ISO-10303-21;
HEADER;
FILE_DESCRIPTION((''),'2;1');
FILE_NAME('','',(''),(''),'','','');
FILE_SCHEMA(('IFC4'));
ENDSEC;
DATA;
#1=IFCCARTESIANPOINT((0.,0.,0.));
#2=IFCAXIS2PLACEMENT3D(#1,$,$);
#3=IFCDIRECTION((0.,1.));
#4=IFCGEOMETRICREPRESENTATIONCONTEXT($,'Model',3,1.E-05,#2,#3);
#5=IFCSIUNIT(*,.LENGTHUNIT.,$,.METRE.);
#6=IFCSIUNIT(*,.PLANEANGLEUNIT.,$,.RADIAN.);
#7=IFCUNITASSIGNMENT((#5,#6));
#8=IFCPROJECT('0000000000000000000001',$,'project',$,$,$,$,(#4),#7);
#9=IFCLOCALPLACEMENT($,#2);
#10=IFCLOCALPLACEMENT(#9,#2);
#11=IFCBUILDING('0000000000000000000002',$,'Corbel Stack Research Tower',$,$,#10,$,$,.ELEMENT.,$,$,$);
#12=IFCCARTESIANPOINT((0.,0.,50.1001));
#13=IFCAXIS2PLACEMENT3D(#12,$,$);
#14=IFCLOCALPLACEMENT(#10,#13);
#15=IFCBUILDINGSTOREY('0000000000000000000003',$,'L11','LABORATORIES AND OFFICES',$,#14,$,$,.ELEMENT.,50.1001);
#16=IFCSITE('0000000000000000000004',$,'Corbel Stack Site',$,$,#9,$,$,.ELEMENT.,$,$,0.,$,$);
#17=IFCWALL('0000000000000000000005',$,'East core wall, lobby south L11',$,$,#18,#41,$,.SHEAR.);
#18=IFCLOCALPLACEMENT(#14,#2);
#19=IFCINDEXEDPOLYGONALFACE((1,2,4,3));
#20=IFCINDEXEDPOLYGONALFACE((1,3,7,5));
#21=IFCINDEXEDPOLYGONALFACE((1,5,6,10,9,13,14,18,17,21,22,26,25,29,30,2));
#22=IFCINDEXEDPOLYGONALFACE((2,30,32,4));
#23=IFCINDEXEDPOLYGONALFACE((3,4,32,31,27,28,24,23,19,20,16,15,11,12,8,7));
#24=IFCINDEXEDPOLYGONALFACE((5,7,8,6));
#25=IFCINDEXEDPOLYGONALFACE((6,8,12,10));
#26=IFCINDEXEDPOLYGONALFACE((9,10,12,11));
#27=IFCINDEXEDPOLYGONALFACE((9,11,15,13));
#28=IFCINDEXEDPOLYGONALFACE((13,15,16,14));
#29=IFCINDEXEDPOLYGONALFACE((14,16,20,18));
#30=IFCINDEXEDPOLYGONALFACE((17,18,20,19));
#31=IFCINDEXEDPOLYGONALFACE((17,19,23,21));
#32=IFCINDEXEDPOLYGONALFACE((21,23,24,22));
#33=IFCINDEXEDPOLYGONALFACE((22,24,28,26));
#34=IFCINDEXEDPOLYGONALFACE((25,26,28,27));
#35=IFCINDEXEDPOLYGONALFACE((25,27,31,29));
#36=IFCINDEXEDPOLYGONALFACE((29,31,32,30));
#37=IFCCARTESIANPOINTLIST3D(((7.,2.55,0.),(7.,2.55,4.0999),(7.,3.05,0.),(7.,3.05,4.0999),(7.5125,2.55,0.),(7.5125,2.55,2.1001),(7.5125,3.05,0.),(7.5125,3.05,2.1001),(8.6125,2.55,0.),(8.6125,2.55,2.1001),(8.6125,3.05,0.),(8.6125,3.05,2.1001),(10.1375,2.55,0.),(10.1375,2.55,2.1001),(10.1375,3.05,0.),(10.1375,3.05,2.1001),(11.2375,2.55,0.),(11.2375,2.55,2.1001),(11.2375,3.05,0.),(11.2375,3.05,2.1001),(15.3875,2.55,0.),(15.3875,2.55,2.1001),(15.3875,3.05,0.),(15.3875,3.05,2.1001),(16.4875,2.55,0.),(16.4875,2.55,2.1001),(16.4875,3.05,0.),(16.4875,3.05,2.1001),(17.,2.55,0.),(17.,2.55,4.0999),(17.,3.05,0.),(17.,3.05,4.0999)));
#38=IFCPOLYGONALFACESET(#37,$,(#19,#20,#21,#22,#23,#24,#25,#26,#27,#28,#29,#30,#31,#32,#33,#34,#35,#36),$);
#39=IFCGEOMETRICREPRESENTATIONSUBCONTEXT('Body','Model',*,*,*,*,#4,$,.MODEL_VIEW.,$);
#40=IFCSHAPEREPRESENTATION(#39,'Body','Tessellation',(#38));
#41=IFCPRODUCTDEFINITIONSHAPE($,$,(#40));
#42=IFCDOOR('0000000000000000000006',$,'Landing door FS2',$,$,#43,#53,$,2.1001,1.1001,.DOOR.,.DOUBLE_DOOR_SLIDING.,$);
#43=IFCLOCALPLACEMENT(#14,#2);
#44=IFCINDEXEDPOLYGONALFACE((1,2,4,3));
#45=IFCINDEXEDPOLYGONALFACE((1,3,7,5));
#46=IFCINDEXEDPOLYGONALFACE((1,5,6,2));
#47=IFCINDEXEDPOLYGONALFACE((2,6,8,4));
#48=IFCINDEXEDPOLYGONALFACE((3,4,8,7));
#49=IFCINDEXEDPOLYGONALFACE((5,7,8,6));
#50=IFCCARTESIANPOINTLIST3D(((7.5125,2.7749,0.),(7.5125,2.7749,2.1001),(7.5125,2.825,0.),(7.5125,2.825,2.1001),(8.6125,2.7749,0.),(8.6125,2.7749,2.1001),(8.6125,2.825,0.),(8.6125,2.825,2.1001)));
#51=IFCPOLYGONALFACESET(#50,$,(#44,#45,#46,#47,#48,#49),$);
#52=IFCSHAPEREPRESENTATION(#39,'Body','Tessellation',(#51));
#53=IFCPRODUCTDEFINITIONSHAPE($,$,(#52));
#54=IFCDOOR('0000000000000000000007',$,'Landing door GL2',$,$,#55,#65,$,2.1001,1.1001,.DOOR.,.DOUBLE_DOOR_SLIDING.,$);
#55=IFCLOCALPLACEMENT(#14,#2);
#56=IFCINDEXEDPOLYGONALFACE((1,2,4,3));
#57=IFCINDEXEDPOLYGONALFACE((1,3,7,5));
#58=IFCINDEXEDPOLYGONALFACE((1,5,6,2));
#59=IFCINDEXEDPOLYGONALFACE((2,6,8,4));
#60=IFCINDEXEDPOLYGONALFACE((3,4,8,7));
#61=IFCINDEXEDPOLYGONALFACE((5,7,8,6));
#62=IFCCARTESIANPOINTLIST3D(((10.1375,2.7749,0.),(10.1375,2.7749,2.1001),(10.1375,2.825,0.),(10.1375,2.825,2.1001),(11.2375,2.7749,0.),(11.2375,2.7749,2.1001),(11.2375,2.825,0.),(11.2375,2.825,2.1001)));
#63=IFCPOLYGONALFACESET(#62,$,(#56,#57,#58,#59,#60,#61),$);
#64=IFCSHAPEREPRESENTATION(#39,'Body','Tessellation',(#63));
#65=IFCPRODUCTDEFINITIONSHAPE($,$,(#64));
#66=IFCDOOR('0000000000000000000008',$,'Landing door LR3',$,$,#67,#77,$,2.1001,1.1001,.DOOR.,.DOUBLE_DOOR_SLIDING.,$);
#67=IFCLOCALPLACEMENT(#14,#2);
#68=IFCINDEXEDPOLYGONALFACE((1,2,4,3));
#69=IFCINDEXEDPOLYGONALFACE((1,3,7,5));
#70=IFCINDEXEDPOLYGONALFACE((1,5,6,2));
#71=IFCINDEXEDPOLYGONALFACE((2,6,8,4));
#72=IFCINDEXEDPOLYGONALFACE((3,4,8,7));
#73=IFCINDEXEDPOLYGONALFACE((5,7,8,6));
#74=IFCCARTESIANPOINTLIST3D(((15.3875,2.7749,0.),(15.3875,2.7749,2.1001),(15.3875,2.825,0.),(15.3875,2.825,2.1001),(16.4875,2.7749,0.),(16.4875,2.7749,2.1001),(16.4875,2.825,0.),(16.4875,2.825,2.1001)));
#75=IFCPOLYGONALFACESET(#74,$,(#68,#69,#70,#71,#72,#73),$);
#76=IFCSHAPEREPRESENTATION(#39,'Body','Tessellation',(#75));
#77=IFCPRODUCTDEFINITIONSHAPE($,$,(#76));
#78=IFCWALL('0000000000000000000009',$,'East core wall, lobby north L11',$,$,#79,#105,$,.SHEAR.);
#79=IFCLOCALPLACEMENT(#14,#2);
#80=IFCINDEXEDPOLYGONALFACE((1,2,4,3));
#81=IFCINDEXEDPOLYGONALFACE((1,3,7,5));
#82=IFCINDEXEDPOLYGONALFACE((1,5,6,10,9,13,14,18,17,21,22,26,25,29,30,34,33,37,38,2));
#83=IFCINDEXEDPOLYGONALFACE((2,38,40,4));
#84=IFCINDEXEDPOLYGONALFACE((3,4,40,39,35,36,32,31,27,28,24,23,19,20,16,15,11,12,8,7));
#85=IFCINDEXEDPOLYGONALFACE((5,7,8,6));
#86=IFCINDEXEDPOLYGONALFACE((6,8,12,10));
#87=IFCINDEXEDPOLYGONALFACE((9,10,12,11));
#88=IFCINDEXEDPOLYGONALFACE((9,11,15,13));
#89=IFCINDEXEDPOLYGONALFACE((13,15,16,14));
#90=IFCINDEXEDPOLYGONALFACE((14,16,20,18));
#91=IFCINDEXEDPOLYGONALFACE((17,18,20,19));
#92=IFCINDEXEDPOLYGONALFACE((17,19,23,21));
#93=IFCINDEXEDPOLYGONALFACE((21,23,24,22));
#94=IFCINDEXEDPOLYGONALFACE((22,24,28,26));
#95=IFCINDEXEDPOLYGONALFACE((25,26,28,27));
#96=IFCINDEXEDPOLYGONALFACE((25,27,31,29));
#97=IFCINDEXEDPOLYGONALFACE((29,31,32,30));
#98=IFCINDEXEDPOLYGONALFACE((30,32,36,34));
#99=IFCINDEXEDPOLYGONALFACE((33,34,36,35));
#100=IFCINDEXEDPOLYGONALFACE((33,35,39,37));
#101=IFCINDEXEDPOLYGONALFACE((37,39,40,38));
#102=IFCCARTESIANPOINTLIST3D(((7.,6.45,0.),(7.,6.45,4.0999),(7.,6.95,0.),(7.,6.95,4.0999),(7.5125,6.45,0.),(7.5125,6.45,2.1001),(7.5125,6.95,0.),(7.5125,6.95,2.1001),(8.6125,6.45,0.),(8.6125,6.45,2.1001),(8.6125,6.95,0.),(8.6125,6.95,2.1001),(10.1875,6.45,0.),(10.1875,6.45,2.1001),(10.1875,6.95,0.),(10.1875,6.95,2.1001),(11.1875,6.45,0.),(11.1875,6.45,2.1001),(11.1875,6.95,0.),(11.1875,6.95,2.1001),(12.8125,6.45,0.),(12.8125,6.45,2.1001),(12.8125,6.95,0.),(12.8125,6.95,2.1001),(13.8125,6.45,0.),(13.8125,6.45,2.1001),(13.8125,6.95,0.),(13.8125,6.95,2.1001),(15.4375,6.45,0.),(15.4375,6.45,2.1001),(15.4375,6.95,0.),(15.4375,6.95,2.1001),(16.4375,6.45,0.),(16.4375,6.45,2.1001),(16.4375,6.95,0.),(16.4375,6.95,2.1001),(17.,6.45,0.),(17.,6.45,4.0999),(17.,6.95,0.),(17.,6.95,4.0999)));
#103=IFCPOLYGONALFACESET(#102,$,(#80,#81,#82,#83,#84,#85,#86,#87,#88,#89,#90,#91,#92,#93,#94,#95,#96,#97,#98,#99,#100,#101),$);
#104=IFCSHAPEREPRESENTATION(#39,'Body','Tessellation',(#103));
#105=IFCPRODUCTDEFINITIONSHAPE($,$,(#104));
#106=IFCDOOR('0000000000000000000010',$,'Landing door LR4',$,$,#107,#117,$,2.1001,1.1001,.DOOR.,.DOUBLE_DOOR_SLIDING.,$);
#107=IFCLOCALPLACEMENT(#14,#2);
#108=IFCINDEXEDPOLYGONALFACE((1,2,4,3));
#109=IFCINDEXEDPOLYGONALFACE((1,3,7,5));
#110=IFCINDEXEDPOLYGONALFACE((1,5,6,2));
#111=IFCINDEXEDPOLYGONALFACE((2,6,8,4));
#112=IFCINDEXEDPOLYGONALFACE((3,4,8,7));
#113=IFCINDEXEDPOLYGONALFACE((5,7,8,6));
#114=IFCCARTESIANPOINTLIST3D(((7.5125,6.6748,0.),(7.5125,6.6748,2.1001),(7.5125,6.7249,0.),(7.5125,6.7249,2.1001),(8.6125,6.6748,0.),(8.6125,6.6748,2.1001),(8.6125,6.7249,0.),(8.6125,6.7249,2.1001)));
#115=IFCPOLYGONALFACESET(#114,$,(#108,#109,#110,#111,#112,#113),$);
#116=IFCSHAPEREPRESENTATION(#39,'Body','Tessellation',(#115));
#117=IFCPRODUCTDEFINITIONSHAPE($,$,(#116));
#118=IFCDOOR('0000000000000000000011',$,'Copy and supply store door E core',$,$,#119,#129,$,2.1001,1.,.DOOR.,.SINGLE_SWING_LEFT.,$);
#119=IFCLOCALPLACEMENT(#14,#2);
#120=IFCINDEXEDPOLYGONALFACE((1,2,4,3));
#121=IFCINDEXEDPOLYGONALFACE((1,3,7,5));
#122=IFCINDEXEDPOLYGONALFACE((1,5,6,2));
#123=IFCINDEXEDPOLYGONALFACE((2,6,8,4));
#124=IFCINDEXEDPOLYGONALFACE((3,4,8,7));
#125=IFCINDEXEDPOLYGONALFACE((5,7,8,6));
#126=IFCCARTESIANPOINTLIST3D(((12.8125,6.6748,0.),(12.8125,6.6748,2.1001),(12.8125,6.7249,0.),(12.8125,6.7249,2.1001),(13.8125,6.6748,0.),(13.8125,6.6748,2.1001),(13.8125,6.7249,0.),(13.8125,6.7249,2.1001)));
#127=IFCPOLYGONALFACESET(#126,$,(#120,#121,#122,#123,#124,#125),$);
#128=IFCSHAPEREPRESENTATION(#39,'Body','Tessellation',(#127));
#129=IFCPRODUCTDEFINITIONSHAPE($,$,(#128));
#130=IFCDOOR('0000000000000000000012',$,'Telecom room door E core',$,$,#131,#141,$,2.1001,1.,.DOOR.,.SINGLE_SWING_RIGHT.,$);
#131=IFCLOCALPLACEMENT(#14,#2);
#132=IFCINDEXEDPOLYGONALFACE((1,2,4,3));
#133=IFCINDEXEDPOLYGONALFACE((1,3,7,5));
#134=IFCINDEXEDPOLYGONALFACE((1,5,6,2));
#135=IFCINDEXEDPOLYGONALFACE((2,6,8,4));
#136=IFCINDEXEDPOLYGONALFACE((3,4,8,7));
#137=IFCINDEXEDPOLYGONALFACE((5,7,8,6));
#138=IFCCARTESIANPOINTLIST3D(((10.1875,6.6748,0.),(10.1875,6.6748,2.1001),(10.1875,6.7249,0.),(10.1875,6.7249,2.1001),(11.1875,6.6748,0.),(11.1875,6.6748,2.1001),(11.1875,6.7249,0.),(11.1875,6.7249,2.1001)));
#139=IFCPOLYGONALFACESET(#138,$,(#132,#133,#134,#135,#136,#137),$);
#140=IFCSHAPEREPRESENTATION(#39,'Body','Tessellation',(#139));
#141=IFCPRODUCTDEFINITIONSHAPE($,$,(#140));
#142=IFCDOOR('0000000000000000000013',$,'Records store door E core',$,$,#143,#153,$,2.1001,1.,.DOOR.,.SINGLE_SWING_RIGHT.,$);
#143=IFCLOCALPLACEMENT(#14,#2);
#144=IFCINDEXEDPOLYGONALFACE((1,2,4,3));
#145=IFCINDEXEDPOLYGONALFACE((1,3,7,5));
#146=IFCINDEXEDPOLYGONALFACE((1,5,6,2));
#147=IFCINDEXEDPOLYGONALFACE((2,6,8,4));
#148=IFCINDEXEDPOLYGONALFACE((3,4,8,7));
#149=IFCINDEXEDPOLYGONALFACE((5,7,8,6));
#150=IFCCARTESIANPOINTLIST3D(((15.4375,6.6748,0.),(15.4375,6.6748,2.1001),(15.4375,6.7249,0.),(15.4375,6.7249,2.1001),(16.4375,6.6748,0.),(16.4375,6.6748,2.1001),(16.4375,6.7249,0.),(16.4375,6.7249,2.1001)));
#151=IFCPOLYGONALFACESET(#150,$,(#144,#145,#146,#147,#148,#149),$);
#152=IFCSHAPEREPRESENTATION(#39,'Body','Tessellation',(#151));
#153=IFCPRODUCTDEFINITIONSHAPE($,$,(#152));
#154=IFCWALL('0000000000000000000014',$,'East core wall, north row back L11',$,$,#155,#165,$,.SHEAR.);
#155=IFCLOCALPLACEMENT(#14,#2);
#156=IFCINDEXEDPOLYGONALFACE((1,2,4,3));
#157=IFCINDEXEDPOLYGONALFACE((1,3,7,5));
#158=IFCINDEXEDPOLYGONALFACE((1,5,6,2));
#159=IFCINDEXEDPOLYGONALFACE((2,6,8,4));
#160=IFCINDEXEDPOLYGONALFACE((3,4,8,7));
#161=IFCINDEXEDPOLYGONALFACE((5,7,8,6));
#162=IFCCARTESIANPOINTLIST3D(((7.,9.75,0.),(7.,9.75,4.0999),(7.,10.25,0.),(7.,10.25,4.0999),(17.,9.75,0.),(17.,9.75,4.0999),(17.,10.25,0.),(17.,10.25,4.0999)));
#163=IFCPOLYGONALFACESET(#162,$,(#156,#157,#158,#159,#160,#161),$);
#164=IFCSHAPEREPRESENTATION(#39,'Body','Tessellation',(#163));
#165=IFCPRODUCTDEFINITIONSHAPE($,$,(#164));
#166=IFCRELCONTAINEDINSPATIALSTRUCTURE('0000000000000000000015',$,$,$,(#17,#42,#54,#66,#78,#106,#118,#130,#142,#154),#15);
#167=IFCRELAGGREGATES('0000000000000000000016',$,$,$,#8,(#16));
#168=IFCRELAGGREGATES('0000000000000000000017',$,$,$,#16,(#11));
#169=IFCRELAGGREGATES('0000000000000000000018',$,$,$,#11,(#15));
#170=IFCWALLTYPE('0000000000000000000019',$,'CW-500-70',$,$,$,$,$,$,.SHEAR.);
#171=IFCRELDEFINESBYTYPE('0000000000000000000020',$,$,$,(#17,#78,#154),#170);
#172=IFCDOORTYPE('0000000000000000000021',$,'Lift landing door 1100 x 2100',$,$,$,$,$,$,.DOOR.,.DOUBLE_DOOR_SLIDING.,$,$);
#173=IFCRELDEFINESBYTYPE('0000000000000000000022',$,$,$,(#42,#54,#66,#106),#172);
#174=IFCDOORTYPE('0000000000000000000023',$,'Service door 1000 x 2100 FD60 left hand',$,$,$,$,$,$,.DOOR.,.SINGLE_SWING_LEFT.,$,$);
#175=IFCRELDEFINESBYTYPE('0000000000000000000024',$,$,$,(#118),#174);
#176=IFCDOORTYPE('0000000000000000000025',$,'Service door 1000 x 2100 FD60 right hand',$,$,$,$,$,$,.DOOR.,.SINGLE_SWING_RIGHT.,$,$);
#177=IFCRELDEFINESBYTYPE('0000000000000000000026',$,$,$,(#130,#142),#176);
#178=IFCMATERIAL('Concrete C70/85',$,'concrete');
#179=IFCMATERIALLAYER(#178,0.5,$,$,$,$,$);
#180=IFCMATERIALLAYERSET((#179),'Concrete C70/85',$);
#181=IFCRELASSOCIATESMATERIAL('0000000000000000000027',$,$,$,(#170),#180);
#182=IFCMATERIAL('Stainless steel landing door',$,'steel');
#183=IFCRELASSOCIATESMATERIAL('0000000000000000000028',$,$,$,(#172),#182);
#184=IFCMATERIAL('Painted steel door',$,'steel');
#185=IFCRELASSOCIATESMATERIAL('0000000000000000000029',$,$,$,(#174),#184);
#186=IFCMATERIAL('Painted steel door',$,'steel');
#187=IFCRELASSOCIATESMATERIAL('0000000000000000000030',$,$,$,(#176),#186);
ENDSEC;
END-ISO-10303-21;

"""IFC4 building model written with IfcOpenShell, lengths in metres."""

from ifc_helpers import new_model, si_unit, direction, frame, frame_2d, origin, place, context, subcontext, project, spatial, rectangle, extrude, material, layer, layer_set, type_object, element, fill, save


model = new_model("IFC4")

# Units and contexts
model_context = context("Model", 3, precision=1e-05, world=origin(), true_north=direction((0.0, 1.0)))
body_context = subcontext(model_context, "Body", "Model", "MODEL_VIEW")
ifc_project = project(units=[si_unit("LENGTHUNIT", "METRE"), si_unit("PLANEANGLEUNIT", "RADIAN")], contexts=[model_context])

# Site, building, storey
site_placement = place(None, origin())
site = spatial("IfcSite", under=ifc_project, at=site_placement, Name="Corbel Stack Site", CompositionType="ELEMENT", RefElevation=0.0)
building_placement = place(site_placement, origin())
building = spatial("IfcBuilding", under=site, at=building_placement, Name="Corbel Stack Research Tower", CompositionType="ELEMENT")
storey_placement = place(building_placement, frame((0.0, 0.0, 50.1001)))
storey = spatial("IfcBuildingStorey", under=building, at=storey_placement, Name="L11", Description="LABORATORIES AND OFFICES", CompositionType="ELEMENT", Elevation=50.1001)

# Walls, openings, doors
ifc_material_1 = material(Name="Concrete C70/85", Category="concrete")
ifc_layer_1 = layer(ifc_material_1, 0.5)
ifc_layer_set_1 = layer_set([ifc_layer_1], Name="Concrete C70/85")
wall_type_1 = type_object("IfcWallType", Name="CW-500-70", PredefinedType="SHEAR", material=ifc_layer_set_1)
wall_1_placement = place(storey_placement, frame((7.0, 2.8, 0.0), z_axis=(0.0, 0.0, 1.0), x_axis=(1.0, 0.0, 0.0)))
wall_1 = element("IfcWall", 1, at=wall_1_placement, inside=storey, type_object=wall_type_1, Name="East core wall, lobby south L11", PredefinedType="SHEAR", context=body_context, shape_type="SweptSolid", body=[
    extrude(rectangle(XDim=10.0, YDim=0.5, at=frame_2d((5.0, 0.0))), origin(), (0.0, 0.0, 1.0), 4.0999),
])
opening_1_placement = place(wall_1_placement, frame((0.5125, 0.0, 0.0)))
opening_1 = element("IfcOpeningElement", 2, at=opening_1_placement, cuts=wall_1, PredefinedType="OPENING", context=body_context, shape_type="SweptSolid", body=[
    extrude(rectangle(XDim=1.1001, YDim=2.1001, at=frame_2d((0.55, 1.05))), frame((0.0, 0.26, 0.0), z_axis=(0.0, -1.0, 0.0), x_axis=(1.0, 0.0, 0.0)), (0.0, 0.0, 1.0), 0.52),
])
opening_2_placement = place(wall_1_placement, frame((3.1375, 0.0, 0.0)))
opening_2 = element("IfcOpeningElement", 3, at=opening_2_placement, cuts=wall_1, PredefinedType="OPENING", context=body_context, shape_type="SweptSolid", body=[
    extrude(rectangle(XDim=1.1001, YDim=2.1001, at=frame_2d((0.55, 1.05))), frame((0.0, 0.26, 0.0), z_axis=(0.0, -1.0, 0.0), x_axis=(1.0, 0.0, 0.0)), (0.0, 0.0, 1.0), 0.52),
])
opening_3_placement = place(wall_1_placement, frame((8.3875, 0.0, 0.0)))
opening_3 = element("IfcOpeningElement", 4, at=opening_3_placement, cuts=wall_1, PredefinedType="OPENING", context=body_context, shape_type="SweptSolid", body=[
    extrude(rectangle(XDim=1.1001, YDim=2.1001, at=frame_2d((0.55, 1.05))), frame((0.0, 0.26, 0.0), z_axis=(0.0, -1.0, 0.0), x_axis=(1.0, 0.0, 0.0)), (0.0, 0.0, 1.0), 0.52),
])
ifc_material_2 = material(Name="Stainless steel landing door", Category="steel")
door_type_1 = type_object("IfcDoorType", Name="Lift landing door 1100 x 2100", OperationType="DOUBLE_DOOR_SLIDING", PredefinedType="DOOR", material=ifc_material_2)
door_1_placement = place(opening_1_placement, origin())
door_1 = element("IfcDoor", 5, at=door_1_placement, inside=storey, type_object=door_type_1, Name="Landing door FS2", OperationType="DOUBLE_DOOR_SLIDING", OverallHeight=2.1001, OverallWidth=1.1001, PredefinedType="DOOR", context=body_context, shape_type="SweptSolid", body=[
    extrude(rectangle(XDim=1.1001, YDim=2.1001, at=frame_2d((0.55, 1.05))), frame((0.0, 0.0249, 0.0), z_axis=(0.0, -1.0, 0.0), x_axis=(1.0, 0.0, 0.0)), (0.0, 0.0, 1.0), 0.05),
])
fill(opening_1, door_1)
door_2_placement = place(opening_2_placement, origin())
door_2 = element("IfcDoor", 6, at=door_2_placement, inside=storey, type_object=door_type_1, Name="Landing door GL2", OperationType="DOUBLE_DOOR_SLIDING", OverallHeight=2.1001, OverallWidth=1.1001, PredefinedType="DOOR", context=body_context, shape_type="SweptSolid", body=[
    extrude(rectangle(XDim=1.1001, YDim=2.1001, at=frame_2d((0.55, 1.05))), frame((0.0, 0.0249, 0.0), z_axis=(0.0, -1.0, 0.0), x_axis=(1.0, 0.0, 0.0)), (0.0, 0.0, 1.0), 0.05),
])
fill(opening_2, door_2)
door_3_placement = place(opening_3_placement, origin())
door_3 = element("IfcDoor", 7, at=door_3_placement, inside=storey, type_object=door_type_1, Name="Landing door LR3", OperationType="DOUBLE_DOOR_SLIDING", OverallHeight=2.1001, OverallWidth=1.1001, PredefinedType="DOOR", context=body_context, shape_type="SweptSolid", body=[
    extrude(rectangle(XDim=1.1001, YDim=2.1001, at=frame_2d((0.55, 1.05))), frame((0.0, 0.0249, 0.0), z_axis=(0.0, -1.0, 0.0), x_axis=(1.0, 0.0, 0.0)), (0.0, 0.0, 1.0), 0.05),
])
fill(opening_3, door_3)
wall_2_placement = place(storey_placement, frame((7.0, 6.7, 0.0), z_axis=(0.0, 0.0, 1.0), x_axis=(1.0, 0.0, 0.0)))
wall_2 = element("IfcWall", 8, at=wall_2_placement, inside=storey, type_object=wall_type_1, Name="East core wall, lobby north L11", PredefinedType="SHEAR", context=body_context, shape_type="SweptSolid", body=[
    extrude(rectangle(XDim=10.0, YDim=0.5, at=frame_2d((5.0, 0.0))), origin(), (0.0, 0.0, 1.0), 4.0999),
])
opening_4_placement = place(wall_2_placement, frame((0.5125, 0.0, 0.0)))
opening_4 = element("IfcOpeningElement", 9, at=opening_4_placement, cuts=wall_2, PredefinedType="OPENING", context=body_context, shape_type="SweptSolid", body=[
    extrude(rectangle(XDim=1.1001, YDim=2.1001, at=frame_2d((0.55, 1.05))), frame((0.0, 0.26, 0.0), z_axis=(0.0, -1.0, 0.0), x_axis=(1.0, 0.0, 0.0)), (0.0, 0.0, 1.0), 0.52),
])
opening_5_placement = place(wall_2_placement, frame((3.1875, 0.0, 0.0)))
opening_5 = element("IfcOpeningElement", 10, at=opening_5_placement, cuts=wall_2, PredefinedType="OPENING", context=body_context, shape_type="SweptSolid", body=[
    extrude(rectangle(XDim=1.0, YDim=2.1001, at=frame_2d((0.5, 1.05))), frame((0.0, 0.26, 0.0), z_axis=(0.0, -1.0, 0.0), x_axis=(1.0, 0.0, 0.0)), (0.0, 0.0, 1.0), 0.52),
])
opening_6_placement = place(wall_2_placement, frame((5.8125, 0.0, 0.0)))
opening_6 = element("IfcOpeningElement", 11, at=opening_6_placement, cuts=wall_2, PredefinedType="OPENING", context=body_context, shape_type="SweptSolid", body=[
    extrude(rectangle(XDim=1.0, YDim=2.1001, at=frame_2d((0.5, 1.05))), frame((0.0, 0.26, 0.0), z_axis=(0.0, -1.0, 0.0), x_axis=(1.0, 0.0, 0.0)), (0.0, 0.0, 1.0), 0.52),
])
opening_7_placement = place(wall_2_placement, frame((8.4375, 0.0, 0.0)))
opening_7 = element("IfcOpeningElement", 12, at=opening_7_placement, cuts=wall_2, PredefinedType="OPENING", context=body_context, shape_type="SweptSolid", body=[
    extrude(rectangle(XDim=1.0, YDim=2.1001, at=frame_2d((0.5, 1.05))), frame((0.0, 0.26, 0.0), z_axis=(0.0, -1.0, 0.0), x_axis=(1.0, 0.0, 0.0)), (0.0, 0.0, 1.0), 0.52),
])
door_4_placement = place(opening_4_placement, origin())
door_4 = element("IfcDoor", 13, at=door_4_placement, inside=storey, type_object=door_type_1, Name="Landing door LR4", OperationType="DOUBLE_DOOR_SLIDING", OverallHeight=2.1001, OverallWidth=1.1001, PredefinedType="DOOR", context=body_context, shape_type="SweptSolid", body=[
    extrude(rectangle(XDim=1.1001, YDim=2.1001, at=frame_2d((0.55, 1.05))), frame((0.0, 0.0249, 0.0), z_axis=(0.0, -1.0, 0.0), x_axis=(1.0, 0.0, 0.0)), (0.0, 0.0, 1.0), 0.05),
])
fill(opening_4, door_4)
ifc_material_3 = material(Name="Painted steel door", Category="steel")
door_type_2 = type_object("IfcDoorType", Name="Service door 1000 x 2100 FD60 left hand", OperationType="SINGLE_SWING_LEFT", PredefinedType="DOOR", material=ifc_material_3)
door_5_placement = place(opening_6_placement, origin())
door_5 = element("IfcDoor", 14, at=door_5_placement, inside=storey, type_object=door_type_2, Name="Copy and supply store door E core", OperationType="SINGLE_SWING_LEFT", OverallHeight=2.1001, OverallWidth=1.0, PredefinedType="DOOR", context=body_context, shape_type="SweptSolid", body=[
    extrude(rectangle(XDim=1.0, YDim=2.1001, at=frame_2d((0.5, 1.05))), frame((0.0, 0.0249, 0.0), z_axis=(0.0, -1.0, 0.0), x_axis=(1.0, 0.0, 0.0)), (0.0, 0.0, 1.0), 0.05),
])
fill(opening_6, door_5)
ifc_material_4 = material(Name="Painted steel door", Category="steel")
door_type_3 = type_object("IfcDoorType", Name="Service door 1000 x 2100 FD60 right hand", OperationType="SINGLE_SWING_RIGHT", PredefinedType="DOOR", material=ifc_material_4)
door_6_placement = place(opening_5_placement, origin())
door_6 = element("IfcDoor", 15, at=door_6_placement, inside=storey, type_object=door_type_3, Name="Telecom room door E core", OperationType="SINGLE_SWING_RIGHT", OverallHeight=2.1001, OverallWidth=1.0, PredefinedType="DOOR", context=body_context, shape_type="SweptSolid", body=[
    extrude(rectangle(XDim=1.0, YDim=2.1001, at=frame_2d((0.5, 1.05))), frame((0.0, 0.0249, 0.0), z_axis=(0.0, -1.0, 0.0), x_axis=(1.0, 0.0, 0.0)), (0.0, 0.0, 1.0), 0.05),
])
fill(opening_5, door_6)
door_7_placement = place(opening_7_placement, origin())
door_7 = element("IfcDoor", 16, at=door_7_placement, inside=storey, type_object=door_type_3, Name="Records store door E core", OperationType="SINGLE_SWING_RIGHT", OverallHeight=2.1001, OverallWidth=1.0, PredefinedType="DOOR", context=body_context, shape_type="SweptSolid", body=[
    extrude(rectangle(XDim=1.0, YDim=2.1001, at=frame_2d((0.5, 1.05))), frame((0.0, 0.0249, 0.0), z_axis=(0.0, -1.0, 0.0), x_axis=(1.0, 0.0, 0.0)), (0.0, 0.0, 1.0), 0.05),
])
fill(opening_7, door_7)

# Wall
wall_3_placement = place(storey_placement, frame((7.0, 10.0, 0.0), z_axis=(0.0, 0.0, 1.0), x_axis=(1.0, 0.0, 0.0)))
element("IfcWall", 17, at=wall_3_placement, inside=storey, type_object=wall_type_1, Name="East core wall, north row back L11", PredefinedType="SHEAR", context=body_context, shape_type="SweptSolid", body=[
    extrude(rectangle(XDim=10.0, YDim=0.5, at=frame_2d((5.0, 0.0))), origin(), (0.0, 0.0, 1.0), 4.0999),
])

save(model, "model.ifc")
